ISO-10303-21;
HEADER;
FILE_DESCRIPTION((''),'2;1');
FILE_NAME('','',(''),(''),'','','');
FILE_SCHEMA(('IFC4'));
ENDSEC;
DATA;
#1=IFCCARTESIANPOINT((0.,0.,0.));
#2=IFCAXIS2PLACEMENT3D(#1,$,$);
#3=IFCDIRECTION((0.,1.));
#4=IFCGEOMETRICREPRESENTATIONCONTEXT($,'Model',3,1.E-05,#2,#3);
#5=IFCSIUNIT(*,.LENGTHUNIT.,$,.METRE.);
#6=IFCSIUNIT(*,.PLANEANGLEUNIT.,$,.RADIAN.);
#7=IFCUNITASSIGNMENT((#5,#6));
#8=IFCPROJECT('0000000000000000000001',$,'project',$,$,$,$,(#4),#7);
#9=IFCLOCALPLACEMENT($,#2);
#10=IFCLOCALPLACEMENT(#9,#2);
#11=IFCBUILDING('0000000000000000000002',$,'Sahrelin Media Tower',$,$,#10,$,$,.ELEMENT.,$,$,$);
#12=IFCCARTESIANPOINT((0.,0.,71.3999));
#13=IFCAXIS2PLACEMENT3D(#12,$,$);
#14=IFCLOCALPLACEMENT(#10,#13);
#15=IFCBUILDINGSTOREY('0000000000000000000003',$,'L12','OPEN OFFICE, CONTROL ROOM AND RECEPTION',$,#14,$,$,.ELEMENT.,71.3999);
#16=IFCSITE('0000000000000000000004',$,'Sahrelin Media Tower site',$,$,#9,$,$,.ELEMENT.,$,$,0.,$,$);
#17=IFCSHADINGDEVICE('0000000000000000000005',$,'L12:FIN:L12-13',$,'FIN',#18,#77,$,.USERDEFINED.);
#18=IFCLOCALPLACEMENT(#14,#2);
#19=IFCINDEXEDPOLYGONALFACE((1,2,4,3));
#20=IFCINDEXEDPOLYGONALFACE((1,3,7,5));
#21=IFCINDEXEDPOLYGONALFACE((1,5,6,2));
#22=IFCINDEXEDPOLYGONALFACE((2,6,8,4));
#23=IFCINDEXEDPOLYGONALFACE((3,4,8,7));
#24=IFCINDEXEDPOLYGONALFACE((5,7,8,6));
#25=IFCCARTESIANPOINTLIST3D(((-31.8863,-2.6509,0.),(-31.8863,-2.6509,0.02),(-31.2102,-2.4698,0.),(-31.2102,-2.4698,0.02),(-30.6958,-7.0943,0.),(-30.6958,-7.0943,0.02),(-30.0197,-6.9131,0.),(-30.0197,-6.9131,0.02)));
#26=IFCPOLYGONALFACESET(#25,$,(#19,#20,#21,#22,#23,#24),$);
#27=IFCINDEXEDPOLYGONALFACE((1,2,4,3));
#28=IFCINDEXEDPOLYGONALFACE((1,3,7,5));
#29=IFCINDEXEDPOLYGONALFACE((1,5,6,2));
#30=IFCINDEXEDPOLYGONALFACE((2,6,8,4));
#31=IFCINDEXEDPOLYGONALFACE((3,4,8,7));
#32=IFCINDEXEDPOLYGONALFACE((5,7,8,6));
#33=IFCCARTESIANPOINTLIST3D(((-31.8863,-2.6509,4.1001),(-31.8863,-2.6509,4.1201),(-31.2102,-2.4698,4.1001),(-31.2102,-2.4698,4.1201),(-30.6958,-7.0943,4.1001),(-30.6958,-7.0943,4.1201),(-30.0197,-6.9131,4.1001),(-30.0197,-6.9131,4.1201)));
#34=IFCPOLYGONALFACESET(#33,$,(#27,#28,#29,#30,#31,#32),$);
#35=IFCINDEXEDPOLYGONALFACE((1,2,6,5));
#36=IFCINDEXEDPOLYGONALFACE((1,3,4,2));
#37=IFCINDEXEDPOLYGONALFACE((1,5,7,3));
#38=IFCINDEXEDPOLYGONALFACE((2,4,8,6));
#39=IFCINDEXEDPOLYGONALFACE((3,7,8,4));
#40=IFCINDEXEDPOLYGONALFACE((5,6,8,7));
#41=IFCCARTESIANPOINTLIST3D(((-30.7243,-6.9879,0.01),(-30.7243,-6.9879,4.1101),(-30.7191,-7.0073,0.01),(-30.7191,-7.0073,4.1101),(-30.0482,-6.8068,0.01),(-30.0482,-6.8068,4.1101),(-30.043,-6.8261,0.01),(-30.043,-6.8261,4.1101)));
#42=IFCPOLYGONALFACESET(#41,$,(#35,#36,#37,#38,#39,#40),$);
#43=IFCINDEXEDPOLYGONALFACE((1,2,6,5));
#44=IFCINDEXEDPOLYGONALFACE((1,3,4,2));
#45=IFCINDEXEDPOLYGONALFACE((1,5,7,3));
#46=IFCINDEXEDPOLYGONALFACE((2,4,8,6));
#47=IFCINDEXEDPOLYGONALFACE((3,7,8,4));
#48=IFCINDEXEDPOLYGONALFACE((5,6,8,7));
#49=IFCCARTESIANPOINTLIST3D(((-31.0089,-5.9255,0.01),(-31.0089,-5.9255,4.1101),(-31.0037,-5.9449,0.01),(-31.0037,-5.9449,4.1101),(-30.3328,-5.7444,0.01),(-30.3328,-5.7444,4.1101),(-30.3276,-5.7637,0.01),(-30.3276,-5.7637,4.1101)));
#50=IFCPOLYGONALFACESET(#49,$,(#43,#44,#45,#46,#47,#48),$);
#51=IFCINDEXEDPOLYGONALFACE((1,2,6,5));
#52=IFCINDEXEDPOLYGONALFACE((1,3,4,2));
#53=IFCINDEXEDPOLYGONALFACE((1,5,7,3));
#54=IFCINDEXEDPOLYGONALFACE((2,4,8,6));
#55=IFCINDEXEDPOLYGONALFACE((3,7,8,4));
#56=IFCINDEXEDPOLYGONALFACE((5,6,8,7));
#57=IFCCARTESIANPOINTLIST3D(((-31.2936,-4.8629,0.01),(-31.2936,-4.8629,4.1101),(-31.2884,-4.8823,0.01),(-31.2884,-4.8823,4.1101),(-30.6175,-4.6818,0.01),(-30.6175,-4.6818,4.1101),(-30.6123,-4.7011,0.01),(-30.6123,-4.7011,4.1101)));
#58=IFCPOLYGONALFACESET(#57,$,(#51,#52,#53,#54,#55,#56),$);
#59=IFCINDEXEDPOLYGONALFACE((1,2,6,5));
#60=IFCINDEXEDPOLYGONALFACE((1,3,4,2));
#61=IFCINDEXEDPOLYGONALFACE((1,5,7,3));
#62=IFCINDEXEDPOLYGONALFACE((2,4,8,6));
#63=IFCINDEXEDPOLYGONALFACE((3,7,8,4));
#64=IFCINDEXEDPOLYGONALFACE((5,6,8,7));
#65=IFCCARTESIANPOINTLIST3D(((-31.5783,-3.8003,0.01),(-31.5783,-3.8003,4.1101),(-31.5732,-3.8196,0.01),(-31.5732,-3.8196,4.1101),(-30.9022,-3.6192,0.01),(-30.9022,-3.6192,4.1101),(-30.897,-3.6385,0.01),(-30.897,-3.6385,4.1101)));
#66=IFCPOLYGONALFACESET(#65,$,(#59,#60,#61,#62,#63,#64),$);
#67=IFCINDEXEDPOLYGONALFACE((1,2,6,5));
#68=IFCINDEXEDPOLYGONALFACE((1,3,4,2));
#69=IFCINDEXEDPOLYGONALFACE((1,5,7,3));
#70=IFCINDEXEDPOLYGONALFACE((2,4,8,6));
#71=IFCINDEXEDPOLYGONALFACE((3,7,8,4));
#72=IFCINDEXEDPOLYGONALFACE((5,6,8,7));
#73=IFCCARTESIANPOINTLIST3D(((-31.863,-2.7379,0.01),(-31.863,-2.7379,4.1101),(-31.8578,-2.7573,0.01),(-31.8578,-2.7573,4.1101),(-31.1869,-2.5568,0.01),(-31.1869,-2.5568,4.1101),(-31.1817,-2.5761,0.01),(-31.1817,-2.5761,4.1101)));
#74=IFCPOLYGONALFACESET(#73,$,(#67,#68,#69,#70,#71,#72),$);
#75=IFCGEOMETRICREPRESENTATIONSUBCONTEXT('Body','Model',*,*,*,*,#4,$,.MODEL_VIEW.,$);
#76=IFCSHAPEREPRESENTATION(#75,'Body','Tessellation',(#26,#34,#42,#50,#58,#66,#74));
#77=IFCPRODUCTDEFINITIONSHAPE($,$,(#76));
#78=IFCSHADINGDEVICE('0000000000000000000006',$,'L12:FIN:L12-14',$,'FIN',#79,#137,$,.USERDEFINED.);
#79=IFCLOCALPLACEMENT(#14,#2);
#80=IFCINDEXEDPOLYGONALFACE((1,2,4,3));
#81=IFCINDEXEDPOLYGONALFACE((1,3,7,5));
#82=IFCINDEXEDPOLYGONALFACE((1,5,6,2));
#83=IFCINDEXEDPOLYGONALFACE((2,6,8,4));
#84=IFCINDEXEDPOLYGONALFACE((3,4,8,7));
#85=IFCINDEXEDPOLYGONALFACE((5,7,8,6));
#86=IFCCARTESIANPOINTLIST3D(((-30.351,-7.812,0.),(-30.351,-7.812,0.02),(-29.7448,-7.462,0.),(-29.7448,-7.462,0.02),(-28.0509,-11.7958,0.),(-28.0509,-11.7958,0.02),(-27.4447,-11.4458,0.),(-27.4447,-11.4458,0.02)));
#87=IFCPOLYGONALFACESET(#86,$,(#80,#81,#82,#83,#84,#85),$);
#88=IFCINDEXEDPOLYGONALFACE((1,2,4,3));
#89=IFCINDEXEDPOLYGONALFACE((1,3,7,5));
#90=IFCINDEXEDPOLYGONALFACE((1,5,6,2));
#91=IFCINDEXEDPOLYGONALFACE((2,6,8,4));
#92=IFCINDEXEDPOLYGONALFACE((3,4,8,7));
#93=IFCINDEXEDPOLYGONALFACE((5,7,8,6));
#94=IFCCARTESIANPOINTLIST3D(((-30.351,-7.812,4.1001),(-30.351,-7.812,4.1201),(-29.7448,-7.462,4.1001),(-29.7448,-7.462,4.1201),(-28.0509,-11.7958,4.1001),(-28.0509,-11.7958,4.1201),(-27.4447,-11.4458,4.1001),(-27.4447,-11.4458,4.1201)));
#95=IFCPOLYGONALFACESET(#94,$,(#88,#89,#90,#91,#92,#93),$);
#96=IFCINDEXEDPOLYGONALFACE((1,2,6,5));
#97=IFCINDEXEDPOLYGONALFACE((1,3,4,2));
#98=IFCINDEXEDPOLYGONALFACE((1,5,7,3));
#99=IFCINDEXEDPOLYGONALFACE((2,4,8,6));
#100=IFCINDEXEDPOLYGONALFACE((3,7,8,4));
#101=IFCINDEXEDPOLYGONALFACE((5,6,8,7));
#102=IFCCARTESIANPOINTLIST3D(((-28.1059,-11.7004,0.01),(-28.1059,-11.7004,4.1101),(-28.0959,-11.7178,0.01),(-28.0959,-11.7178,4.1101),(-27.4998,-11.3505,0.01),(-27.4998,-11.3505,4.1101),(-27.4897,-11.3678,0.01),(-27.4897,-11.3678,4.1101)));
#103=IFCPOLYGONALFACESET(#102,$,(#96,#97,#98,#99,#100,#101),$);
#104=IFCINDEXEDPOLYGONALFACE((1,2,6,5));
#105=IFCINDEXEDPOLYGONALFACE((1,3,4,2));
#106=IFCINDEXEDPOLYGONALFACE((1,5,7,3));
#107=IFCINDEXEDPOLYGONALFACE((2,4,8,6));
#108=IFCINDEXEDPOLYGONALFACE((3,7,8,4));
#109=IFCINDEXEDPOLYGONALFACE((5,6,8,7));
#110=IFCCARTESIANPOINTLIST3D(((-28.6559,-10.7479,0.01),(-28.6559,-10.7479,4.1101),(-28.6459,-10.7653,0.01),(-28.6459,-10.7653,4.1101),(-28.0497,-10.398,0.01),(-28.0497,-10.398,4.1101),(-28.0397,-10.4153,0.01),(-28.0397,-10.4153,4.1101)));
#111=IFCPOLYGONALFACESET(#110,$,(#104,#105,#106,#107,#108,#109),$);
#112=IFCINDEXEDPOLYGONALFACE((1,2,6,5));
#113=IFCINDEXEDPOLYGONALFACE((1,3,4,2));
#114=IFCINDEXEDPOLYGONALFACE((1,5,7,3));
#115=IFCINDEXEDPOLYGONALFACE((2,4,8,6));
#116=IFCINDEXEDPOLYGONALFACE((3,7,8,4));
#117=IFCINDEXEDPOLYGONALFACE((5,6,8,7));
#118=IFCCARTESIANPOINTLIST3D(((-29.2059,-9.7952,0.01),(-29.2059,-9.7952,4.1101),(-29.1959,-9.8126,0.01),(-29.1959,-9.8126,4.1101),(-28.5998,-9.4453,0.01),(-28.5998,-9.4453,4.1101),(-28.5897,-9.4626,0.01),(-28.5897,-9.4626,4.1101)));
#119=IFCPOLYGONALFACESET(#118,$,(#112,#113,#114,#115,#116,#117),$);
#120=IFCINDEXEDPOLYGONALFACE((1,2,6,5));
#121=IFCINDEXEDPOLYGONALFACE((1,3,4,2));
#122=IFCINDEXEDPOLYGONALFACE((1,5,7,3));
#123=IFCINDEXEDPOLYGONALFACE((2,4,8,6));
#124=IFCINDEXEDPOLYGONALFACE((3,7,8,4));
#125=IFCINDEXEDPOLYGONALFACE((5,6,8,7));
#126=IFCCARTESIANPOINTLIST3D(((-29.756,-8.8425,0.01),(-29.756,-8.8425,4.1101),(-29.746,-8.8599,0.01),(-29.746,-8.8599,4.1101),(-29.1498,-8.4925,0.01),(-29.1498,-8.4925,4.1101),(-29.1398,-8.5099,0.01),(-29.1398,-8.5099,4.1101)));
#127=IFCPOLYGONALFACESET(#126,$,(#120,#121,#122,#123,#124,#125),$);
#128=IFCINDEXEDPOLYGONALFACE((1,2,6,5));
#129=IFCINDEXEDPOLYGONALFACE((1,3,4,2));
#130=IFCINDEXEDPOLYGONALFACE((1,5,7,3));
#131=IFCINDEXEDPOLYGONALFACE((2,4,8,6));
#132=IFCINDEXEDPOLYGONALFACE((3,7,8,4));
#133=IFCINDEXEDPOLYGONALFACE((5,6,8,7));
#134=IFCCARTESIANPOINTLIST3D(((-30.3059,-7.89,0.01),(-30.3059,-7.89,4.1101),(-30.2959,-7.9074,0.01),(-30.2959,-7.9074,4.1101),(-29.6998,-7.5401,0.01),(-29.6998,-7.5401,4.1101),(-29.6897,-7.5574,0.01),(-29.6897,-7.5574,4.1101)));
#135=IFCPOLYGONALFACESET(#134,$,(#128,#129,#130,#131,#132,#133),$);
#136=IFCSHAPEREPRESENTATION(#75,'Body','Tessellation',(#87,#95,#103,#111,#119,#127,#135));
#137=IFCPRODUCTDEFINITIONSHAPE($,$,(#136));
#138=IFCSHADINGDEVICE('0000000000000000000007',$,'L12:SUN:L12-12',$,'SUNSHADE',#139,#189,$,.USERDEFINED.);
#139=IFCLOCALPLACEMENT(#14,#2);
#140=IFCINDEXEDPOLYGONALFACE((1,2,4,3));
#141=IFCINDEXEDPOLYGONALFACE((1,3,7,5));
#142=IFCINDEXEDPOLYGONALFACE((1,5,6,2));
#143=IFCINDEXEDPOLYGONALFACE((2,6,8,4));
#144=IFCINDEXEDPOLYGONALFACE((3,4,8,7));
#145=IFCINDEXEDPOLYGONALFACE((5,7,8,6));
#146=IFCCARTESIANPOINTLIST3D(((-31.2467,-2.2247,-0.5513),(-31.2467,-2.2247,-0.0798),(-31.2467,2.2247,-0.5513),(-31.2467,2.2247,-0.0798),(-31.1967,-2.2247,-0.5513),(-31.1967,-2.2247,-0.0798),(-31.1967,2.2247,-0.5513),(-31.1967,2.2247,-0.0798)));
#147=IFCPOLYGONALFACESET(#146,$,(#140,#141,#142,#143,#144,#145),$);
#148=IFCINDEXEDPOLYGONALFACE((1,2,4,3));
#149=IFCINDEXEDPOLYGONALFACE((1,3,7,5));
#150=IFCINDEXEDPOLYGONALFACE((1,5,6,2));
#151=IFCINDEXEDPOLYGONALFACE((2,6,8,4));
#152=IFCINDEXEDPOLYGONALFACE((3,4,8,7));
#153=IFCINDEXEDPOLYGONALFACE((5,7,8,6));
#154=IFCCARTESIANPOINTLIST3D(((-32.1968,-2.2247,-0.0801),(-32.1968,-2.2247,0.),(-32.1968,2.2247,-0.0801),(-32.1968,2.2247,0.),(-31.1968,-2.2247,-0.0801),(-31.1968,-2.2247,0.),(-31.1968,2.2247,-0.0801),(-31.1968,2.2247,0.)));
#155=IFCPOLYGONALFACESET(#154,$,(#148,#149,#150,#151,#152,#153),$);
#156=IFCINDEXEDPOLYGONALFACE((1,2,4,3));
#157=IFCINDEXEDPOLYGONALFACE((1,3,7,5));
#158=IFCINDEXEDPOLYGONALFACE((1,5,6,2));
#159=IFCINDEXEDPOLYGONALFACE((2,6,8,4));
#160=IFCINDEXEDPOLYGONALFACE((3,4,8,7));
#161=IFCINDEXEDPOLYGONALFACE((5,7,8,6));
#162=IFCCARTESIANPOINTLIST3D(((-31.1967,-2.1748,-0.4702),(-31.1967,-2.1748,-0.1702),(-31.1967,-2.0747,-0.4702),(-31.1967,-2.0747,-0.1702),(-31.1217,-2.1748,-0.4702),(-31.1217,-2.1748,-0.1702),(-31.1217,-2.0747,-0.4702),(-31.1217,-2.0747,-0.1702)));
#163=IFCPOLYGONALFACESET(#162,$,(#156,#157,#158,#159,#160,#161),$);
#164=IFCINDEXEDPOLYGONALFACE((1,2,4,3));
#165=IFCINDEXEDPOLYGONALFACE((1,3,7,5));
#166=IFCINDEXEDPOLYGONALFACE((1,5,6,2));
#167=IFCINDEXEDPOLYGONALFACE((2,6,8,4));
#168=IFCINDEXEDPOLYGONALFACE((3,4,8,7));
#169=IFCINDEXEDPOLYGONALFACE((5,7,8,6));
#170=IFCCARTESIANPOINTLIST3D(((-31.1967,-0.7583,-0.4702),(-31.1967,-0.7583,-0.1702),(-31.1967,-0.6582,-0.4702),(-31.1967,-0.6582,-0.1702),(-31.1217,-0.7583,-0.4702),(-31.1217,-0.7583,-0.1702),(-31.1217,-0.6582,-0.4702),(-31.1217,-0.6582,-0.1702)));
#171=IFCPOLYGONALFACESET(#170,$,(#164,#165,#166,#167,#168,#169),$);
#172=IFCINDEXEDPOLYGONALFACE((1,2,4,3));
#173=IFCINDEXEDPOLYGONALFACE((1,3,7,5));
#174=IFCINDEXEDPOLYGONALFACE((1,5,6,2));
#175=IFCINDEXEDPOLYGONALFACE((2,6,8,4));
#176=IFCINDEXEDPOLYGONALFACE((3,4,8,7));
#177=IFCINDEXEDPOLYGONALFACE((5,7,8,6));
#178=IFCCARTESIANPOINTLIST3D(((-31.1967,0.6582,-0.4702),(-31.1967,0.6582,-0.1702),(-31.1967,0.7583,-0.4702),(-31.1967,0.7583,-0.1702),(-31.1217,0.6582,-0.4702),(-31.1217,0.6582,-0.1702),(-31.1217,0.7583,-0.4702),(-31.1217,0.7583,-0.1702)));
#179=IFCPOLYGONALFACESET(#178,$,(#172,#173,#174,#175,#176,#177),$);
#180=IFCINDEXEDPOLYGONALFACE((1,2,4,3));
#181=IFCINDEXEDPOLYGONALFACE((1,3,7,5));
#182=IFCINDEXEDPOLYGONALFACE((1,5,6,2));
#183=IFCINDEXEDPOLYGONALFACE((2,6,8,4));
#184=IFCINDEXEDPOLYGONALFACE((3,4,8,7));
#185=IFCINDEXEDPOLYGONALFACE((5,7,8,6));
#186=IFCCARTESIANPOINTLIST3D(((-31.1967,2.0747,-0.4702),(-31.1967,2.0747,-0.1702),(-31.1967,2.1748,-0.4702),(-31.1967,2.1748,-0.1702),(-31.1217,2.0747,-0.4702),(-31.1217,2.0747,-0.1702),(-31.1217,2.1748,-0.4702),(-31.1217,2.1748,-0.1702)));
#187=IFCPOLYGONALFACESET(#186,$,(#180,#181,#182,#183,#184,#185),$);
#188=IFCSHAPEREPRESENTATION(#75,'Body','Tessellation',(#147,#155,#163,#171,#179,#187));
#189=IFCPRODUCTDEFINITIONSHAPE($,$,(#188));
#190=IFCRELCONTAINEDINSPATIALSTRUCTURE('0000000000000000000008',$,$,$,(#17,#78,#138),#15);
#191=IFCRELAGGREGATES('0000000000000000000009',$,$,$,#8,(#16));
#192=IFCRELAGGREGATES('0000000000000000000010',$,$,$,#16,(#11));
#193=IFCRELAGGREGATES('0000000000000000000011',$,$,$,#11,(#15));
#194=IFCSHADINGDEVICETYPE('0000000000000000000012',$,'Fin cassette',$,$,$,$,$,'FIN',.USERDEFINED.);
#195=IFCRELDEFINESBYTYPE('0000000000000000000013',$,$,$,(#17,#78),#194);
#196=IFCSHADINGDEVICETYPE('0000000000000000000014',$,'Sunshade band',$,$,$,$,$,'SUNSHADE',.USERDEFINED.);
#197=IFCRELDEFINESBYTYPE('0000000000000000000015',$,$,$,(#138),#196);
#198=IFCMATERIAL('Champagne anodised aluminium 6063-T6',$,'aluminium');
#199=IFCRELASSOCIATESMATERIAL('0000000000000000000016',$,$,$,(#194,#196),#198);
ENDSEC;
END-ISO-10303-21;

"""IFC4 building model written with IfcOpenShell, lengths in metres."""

from ifc_helpers import new_model, si_unit, direction, frame, origin, origin_2d, place, context, subcontext, project, spatial, rectangle, extrude, material, type_object, element, save


model = new_model("IFC4")

# Units and contexts
model_context = context("Model", 3, precision=1e-05, world=origin(), true_north=direction((0.0, 1.0)))
body_context = subcontext(model_context, "Body", "Model", "MODEL_VIEW")
ifc_project = project(units=[si_unit("LENGTHUNIT", "METRE"), si_unit("PLANEANGLEUNIT", "RADIAN")], contexts=[model_context])

# Site, building, storey
site_placement = place(None, origin())
site = spatial("IfcSite", under=ifc_project, at=site_placement, Name="Sahrelin Media Tower site", CompositionType="ELEMENT", RefElevation=0.0)
building_placement = place(site_placement, origin())
building = spatial("IfcBuilding", under=site, at=building_placement, Name="Sahrelin Media Tower", CompositionType="ELEMENT")
storey_placement = place(building_placement, frame((0.0, 0.0, 71.3999)))
storey = spatial("IfcBuildingStorey", under=building, at=storey_placement, Name="L12", Description="OPEN OFFICE, CONTROL ROOM AND RECEPTION", CompositionType="ELEMENT", Elevation=71.3999)

# Shared definitions
ifc_material_1 = material(Name="Champagne anodised aluminium 6063-T6", Category="aluminium")

# Shading devices
shading_device_type_1 = type_object("IfcShadingDeviceType", Name="Fin cassette", ElementType="FIN", PredefinedType="USERDEFINED", material=ifc_material_1)
placement_1 = place(storey_placement, frame((-31.1768, 0.0, 0.0), z_axis=(0.0, 0.0, 1.0), x_axis=(0.0, 1.0, 0.0)))
placement_2 = place(storey_placement, frame((-30.5474, -4.6733, 0.0), z_axis=(0.0, 0.0, 1.0), x_axis=(-0.258808, 0.965929, 0.0)))
element("IfcShadingDevice", 1, at=placement_2, inside=storey, type_object=shading_device_type_1, Name="L12:FIN:L12-13", ObjectType="FIN", PredefinedType="USERDEFINED", context=body_context, shape_type="SweptSolid", body=[
    extrude(rectangle(XDim=4.6001, YDim=0.7, at=origin_2d()), frame((0.0, 0.4199, 0.0)), (0.0, 0.0, 1.0), 0.02),
    extrude(rectangle(XDim=4.6001, YDim=0.7, at=origin_2d()), frame((0.0, 0.4199, 4.1001)), (0.0, 0.0, 1.0), 0.02),
    extrude(rectangle(XDim=0.02, YDim=0.7, at=origin_2d()), frame((-2.2, 0.4199, 0.01), z_axis=(0.0, 0.0, 1.0), x_axis=(1.0, 0.0, 0.0)), (0.0, 0.0, 1.0), 4.1001),
    extrude(rectangle(XDim=0.02, YDim=0.7, at=origin_2d()), frame((-1.1001, 0.4199, 0.01), z_axis=(0.0, 0.0, 1.0), x_axis=(1.0, 0.0, 0.0)), (0.0, 0.0, 1.0), 4.1001),
    extrude(rectangle(XDim=0.02, YDim=0.7, at=origin_2d()), frame((0.0, 0.4199, 0.01), z_axis=(0.0, 0.0, 1.0), x_axis=(1.0, 0.0, 0.0)), (0.0, 0.0, 1.0), 4.1001),
    extrude(rectangle(XDim=0.02, YDim=0.7, at=origin_2d()), frame((1.1001, 0.4199, 0.01), z_axis=(0.0, 0.0, 1.0), x_axis=(1.0, 0.0, 0.0)), (0.0, 0.0, 1.0), 4.1001),
    extrude(rectangle(XDim=0.02, YDim=0.7, at=origin_2d()), frame((2.2, 0.4199, 0.01), z_axis=(0.0, 0.0, 1.0), x_axis=(1.0, 0.0, 0.0)), (0.0, 0.0, 1.0), 4.1001),
])
shading_device_1_placement = place(storey_placement, frame((-28.5342, -9.4189, 0.0), z_axis=(0.0, 0.0, 1.0), x_axis=(-0.500011, 0.866019, 0.0)))
element("IfcShadingDevice", 2, at=shading_device_1_placement, inside=storey, type_object=shading_device_type_1, Name="L12:FIN:L12-14", ObjectType="FIN", PredefinedType="USERDEFINED", context=body_context, shape_type="SweptSolid", body=[
    extrude(rectangle(XDim=4.6001, YDim=0.7, at=origin_2d()), frame((0.0, 0.4199, 0.0)), (0.0, 0.0, 1.0), 0.02),
    extrude(rectangle(XDim=4.6001, YDim=0.7, at=origin_2d()), frame((0.0, 0.4199, 4.1001)), (0.0, 0.0, 1.0), 0.02),
    extrude(rectangle(XDim=0.02, YDim=0.7, at=origin_2d()), frame((-2.2, 0.4199, 0.01), z_axis=(0.0, 0.0, 1.0), x_axis=(1.0, 0.0, 0.0)), (0.0, 0.0, 1.0), 4.1001),
    extrude(rectangle(XDim=0.02, YDim=0.7, at=origin_2d()), frame((-1.1001, 0.4199, 0.01), z_axis=(0.0, 0.0, 1.0), x_axis=(1.0, 0.0, 0.0)), (0.0, 0.0, 1.0), 4.1001),
    extrude(rectangle(XDim=0.02, YDim=0.7, at=origin_2d()), frame((0.0, 0.4199, 0.01), z_axis=(0.0, 0.0, 1.0), x_axis=(1.0, 0.0, 0.0)), (0.0, 0.0, 1.0), 4.1001),
    extrude(rectangle(XDim=0.02, YDim=0.7, at=origin_2d()), frame((1.1001, 0.4199, 0.01), z_axis=(0.0, 0.0, 1.0), x_axis=(1.0, 0.0, 0.0)), (0.0, 0.0, 1.0), 4.1001),
    extrude(rectangle(XDim=0.02, YDim=0.7, at=origin_2d()), frame((2.2, 0.4199, 0.01), z_axis=(0.0, 0.0, 1.0), x_axis=(1.0, 0.0, 0.0)), (0.0, 0.0, 1.0), 4.1001),
])
shading_device_type_2 = type_object("IfcShadingDeviceType", Name="Sunshade band", ElementType="SUNSHADE", PredefinedType="USERDEFINED", material=ifc_material_1)
element("IfcShadingDevice", 3, at=placement_1, inside=storey, type_object=shading_device_type_2, Name="L12:SUN:L12-12", ObjectType="SUNSHADE", PredefinedType="USERDEFINED", context=body_context, shape_type="SweptSolid", body=[
    extrude(rectangle(XDim=4.4495, YDim=0.05, at=origin_2d()), frame((0.0, 0.0449, -0.5513)), (0.0, 0.0, 1.0), 0.4714),
    extrude(rectangle(XDim=4.4495, YDim=1.0, at=origin_2d()), frame((0.0, 0.52, -0.0801)), (0.0, 0.0, 1.0), 0.0801),
    extrude(rectangle(XDim=0.1001, YDim=0.075, at=origin_2d()), frame((-2.1248, -0.0176, -0.4702)), (0.0, 0.0, 1.0), 0.3),
    extrude(rectangle(XDim=0.1001, YDim=0.075, at=origin_2d()), frame((-0.7083, -0.0176, -0.4702)), (0.0, 0.0, 1.0), 0.3),
    extrude(rectangle(XDim=0.1001, YDim=0.075, at=origin_2d()), frame((0.7083, -0.0176, -0.4702)), (0.0, 0.0, 1.0), 0.3),
    extrude(rectangle(XDim=0.1001, YDim=0.075, at=origin_2d()), frame((2.1248, -0.0176, -0.4702)), (0.0, 0.0, 1.0), 0.3),
])

save(model, "model.ifc")
